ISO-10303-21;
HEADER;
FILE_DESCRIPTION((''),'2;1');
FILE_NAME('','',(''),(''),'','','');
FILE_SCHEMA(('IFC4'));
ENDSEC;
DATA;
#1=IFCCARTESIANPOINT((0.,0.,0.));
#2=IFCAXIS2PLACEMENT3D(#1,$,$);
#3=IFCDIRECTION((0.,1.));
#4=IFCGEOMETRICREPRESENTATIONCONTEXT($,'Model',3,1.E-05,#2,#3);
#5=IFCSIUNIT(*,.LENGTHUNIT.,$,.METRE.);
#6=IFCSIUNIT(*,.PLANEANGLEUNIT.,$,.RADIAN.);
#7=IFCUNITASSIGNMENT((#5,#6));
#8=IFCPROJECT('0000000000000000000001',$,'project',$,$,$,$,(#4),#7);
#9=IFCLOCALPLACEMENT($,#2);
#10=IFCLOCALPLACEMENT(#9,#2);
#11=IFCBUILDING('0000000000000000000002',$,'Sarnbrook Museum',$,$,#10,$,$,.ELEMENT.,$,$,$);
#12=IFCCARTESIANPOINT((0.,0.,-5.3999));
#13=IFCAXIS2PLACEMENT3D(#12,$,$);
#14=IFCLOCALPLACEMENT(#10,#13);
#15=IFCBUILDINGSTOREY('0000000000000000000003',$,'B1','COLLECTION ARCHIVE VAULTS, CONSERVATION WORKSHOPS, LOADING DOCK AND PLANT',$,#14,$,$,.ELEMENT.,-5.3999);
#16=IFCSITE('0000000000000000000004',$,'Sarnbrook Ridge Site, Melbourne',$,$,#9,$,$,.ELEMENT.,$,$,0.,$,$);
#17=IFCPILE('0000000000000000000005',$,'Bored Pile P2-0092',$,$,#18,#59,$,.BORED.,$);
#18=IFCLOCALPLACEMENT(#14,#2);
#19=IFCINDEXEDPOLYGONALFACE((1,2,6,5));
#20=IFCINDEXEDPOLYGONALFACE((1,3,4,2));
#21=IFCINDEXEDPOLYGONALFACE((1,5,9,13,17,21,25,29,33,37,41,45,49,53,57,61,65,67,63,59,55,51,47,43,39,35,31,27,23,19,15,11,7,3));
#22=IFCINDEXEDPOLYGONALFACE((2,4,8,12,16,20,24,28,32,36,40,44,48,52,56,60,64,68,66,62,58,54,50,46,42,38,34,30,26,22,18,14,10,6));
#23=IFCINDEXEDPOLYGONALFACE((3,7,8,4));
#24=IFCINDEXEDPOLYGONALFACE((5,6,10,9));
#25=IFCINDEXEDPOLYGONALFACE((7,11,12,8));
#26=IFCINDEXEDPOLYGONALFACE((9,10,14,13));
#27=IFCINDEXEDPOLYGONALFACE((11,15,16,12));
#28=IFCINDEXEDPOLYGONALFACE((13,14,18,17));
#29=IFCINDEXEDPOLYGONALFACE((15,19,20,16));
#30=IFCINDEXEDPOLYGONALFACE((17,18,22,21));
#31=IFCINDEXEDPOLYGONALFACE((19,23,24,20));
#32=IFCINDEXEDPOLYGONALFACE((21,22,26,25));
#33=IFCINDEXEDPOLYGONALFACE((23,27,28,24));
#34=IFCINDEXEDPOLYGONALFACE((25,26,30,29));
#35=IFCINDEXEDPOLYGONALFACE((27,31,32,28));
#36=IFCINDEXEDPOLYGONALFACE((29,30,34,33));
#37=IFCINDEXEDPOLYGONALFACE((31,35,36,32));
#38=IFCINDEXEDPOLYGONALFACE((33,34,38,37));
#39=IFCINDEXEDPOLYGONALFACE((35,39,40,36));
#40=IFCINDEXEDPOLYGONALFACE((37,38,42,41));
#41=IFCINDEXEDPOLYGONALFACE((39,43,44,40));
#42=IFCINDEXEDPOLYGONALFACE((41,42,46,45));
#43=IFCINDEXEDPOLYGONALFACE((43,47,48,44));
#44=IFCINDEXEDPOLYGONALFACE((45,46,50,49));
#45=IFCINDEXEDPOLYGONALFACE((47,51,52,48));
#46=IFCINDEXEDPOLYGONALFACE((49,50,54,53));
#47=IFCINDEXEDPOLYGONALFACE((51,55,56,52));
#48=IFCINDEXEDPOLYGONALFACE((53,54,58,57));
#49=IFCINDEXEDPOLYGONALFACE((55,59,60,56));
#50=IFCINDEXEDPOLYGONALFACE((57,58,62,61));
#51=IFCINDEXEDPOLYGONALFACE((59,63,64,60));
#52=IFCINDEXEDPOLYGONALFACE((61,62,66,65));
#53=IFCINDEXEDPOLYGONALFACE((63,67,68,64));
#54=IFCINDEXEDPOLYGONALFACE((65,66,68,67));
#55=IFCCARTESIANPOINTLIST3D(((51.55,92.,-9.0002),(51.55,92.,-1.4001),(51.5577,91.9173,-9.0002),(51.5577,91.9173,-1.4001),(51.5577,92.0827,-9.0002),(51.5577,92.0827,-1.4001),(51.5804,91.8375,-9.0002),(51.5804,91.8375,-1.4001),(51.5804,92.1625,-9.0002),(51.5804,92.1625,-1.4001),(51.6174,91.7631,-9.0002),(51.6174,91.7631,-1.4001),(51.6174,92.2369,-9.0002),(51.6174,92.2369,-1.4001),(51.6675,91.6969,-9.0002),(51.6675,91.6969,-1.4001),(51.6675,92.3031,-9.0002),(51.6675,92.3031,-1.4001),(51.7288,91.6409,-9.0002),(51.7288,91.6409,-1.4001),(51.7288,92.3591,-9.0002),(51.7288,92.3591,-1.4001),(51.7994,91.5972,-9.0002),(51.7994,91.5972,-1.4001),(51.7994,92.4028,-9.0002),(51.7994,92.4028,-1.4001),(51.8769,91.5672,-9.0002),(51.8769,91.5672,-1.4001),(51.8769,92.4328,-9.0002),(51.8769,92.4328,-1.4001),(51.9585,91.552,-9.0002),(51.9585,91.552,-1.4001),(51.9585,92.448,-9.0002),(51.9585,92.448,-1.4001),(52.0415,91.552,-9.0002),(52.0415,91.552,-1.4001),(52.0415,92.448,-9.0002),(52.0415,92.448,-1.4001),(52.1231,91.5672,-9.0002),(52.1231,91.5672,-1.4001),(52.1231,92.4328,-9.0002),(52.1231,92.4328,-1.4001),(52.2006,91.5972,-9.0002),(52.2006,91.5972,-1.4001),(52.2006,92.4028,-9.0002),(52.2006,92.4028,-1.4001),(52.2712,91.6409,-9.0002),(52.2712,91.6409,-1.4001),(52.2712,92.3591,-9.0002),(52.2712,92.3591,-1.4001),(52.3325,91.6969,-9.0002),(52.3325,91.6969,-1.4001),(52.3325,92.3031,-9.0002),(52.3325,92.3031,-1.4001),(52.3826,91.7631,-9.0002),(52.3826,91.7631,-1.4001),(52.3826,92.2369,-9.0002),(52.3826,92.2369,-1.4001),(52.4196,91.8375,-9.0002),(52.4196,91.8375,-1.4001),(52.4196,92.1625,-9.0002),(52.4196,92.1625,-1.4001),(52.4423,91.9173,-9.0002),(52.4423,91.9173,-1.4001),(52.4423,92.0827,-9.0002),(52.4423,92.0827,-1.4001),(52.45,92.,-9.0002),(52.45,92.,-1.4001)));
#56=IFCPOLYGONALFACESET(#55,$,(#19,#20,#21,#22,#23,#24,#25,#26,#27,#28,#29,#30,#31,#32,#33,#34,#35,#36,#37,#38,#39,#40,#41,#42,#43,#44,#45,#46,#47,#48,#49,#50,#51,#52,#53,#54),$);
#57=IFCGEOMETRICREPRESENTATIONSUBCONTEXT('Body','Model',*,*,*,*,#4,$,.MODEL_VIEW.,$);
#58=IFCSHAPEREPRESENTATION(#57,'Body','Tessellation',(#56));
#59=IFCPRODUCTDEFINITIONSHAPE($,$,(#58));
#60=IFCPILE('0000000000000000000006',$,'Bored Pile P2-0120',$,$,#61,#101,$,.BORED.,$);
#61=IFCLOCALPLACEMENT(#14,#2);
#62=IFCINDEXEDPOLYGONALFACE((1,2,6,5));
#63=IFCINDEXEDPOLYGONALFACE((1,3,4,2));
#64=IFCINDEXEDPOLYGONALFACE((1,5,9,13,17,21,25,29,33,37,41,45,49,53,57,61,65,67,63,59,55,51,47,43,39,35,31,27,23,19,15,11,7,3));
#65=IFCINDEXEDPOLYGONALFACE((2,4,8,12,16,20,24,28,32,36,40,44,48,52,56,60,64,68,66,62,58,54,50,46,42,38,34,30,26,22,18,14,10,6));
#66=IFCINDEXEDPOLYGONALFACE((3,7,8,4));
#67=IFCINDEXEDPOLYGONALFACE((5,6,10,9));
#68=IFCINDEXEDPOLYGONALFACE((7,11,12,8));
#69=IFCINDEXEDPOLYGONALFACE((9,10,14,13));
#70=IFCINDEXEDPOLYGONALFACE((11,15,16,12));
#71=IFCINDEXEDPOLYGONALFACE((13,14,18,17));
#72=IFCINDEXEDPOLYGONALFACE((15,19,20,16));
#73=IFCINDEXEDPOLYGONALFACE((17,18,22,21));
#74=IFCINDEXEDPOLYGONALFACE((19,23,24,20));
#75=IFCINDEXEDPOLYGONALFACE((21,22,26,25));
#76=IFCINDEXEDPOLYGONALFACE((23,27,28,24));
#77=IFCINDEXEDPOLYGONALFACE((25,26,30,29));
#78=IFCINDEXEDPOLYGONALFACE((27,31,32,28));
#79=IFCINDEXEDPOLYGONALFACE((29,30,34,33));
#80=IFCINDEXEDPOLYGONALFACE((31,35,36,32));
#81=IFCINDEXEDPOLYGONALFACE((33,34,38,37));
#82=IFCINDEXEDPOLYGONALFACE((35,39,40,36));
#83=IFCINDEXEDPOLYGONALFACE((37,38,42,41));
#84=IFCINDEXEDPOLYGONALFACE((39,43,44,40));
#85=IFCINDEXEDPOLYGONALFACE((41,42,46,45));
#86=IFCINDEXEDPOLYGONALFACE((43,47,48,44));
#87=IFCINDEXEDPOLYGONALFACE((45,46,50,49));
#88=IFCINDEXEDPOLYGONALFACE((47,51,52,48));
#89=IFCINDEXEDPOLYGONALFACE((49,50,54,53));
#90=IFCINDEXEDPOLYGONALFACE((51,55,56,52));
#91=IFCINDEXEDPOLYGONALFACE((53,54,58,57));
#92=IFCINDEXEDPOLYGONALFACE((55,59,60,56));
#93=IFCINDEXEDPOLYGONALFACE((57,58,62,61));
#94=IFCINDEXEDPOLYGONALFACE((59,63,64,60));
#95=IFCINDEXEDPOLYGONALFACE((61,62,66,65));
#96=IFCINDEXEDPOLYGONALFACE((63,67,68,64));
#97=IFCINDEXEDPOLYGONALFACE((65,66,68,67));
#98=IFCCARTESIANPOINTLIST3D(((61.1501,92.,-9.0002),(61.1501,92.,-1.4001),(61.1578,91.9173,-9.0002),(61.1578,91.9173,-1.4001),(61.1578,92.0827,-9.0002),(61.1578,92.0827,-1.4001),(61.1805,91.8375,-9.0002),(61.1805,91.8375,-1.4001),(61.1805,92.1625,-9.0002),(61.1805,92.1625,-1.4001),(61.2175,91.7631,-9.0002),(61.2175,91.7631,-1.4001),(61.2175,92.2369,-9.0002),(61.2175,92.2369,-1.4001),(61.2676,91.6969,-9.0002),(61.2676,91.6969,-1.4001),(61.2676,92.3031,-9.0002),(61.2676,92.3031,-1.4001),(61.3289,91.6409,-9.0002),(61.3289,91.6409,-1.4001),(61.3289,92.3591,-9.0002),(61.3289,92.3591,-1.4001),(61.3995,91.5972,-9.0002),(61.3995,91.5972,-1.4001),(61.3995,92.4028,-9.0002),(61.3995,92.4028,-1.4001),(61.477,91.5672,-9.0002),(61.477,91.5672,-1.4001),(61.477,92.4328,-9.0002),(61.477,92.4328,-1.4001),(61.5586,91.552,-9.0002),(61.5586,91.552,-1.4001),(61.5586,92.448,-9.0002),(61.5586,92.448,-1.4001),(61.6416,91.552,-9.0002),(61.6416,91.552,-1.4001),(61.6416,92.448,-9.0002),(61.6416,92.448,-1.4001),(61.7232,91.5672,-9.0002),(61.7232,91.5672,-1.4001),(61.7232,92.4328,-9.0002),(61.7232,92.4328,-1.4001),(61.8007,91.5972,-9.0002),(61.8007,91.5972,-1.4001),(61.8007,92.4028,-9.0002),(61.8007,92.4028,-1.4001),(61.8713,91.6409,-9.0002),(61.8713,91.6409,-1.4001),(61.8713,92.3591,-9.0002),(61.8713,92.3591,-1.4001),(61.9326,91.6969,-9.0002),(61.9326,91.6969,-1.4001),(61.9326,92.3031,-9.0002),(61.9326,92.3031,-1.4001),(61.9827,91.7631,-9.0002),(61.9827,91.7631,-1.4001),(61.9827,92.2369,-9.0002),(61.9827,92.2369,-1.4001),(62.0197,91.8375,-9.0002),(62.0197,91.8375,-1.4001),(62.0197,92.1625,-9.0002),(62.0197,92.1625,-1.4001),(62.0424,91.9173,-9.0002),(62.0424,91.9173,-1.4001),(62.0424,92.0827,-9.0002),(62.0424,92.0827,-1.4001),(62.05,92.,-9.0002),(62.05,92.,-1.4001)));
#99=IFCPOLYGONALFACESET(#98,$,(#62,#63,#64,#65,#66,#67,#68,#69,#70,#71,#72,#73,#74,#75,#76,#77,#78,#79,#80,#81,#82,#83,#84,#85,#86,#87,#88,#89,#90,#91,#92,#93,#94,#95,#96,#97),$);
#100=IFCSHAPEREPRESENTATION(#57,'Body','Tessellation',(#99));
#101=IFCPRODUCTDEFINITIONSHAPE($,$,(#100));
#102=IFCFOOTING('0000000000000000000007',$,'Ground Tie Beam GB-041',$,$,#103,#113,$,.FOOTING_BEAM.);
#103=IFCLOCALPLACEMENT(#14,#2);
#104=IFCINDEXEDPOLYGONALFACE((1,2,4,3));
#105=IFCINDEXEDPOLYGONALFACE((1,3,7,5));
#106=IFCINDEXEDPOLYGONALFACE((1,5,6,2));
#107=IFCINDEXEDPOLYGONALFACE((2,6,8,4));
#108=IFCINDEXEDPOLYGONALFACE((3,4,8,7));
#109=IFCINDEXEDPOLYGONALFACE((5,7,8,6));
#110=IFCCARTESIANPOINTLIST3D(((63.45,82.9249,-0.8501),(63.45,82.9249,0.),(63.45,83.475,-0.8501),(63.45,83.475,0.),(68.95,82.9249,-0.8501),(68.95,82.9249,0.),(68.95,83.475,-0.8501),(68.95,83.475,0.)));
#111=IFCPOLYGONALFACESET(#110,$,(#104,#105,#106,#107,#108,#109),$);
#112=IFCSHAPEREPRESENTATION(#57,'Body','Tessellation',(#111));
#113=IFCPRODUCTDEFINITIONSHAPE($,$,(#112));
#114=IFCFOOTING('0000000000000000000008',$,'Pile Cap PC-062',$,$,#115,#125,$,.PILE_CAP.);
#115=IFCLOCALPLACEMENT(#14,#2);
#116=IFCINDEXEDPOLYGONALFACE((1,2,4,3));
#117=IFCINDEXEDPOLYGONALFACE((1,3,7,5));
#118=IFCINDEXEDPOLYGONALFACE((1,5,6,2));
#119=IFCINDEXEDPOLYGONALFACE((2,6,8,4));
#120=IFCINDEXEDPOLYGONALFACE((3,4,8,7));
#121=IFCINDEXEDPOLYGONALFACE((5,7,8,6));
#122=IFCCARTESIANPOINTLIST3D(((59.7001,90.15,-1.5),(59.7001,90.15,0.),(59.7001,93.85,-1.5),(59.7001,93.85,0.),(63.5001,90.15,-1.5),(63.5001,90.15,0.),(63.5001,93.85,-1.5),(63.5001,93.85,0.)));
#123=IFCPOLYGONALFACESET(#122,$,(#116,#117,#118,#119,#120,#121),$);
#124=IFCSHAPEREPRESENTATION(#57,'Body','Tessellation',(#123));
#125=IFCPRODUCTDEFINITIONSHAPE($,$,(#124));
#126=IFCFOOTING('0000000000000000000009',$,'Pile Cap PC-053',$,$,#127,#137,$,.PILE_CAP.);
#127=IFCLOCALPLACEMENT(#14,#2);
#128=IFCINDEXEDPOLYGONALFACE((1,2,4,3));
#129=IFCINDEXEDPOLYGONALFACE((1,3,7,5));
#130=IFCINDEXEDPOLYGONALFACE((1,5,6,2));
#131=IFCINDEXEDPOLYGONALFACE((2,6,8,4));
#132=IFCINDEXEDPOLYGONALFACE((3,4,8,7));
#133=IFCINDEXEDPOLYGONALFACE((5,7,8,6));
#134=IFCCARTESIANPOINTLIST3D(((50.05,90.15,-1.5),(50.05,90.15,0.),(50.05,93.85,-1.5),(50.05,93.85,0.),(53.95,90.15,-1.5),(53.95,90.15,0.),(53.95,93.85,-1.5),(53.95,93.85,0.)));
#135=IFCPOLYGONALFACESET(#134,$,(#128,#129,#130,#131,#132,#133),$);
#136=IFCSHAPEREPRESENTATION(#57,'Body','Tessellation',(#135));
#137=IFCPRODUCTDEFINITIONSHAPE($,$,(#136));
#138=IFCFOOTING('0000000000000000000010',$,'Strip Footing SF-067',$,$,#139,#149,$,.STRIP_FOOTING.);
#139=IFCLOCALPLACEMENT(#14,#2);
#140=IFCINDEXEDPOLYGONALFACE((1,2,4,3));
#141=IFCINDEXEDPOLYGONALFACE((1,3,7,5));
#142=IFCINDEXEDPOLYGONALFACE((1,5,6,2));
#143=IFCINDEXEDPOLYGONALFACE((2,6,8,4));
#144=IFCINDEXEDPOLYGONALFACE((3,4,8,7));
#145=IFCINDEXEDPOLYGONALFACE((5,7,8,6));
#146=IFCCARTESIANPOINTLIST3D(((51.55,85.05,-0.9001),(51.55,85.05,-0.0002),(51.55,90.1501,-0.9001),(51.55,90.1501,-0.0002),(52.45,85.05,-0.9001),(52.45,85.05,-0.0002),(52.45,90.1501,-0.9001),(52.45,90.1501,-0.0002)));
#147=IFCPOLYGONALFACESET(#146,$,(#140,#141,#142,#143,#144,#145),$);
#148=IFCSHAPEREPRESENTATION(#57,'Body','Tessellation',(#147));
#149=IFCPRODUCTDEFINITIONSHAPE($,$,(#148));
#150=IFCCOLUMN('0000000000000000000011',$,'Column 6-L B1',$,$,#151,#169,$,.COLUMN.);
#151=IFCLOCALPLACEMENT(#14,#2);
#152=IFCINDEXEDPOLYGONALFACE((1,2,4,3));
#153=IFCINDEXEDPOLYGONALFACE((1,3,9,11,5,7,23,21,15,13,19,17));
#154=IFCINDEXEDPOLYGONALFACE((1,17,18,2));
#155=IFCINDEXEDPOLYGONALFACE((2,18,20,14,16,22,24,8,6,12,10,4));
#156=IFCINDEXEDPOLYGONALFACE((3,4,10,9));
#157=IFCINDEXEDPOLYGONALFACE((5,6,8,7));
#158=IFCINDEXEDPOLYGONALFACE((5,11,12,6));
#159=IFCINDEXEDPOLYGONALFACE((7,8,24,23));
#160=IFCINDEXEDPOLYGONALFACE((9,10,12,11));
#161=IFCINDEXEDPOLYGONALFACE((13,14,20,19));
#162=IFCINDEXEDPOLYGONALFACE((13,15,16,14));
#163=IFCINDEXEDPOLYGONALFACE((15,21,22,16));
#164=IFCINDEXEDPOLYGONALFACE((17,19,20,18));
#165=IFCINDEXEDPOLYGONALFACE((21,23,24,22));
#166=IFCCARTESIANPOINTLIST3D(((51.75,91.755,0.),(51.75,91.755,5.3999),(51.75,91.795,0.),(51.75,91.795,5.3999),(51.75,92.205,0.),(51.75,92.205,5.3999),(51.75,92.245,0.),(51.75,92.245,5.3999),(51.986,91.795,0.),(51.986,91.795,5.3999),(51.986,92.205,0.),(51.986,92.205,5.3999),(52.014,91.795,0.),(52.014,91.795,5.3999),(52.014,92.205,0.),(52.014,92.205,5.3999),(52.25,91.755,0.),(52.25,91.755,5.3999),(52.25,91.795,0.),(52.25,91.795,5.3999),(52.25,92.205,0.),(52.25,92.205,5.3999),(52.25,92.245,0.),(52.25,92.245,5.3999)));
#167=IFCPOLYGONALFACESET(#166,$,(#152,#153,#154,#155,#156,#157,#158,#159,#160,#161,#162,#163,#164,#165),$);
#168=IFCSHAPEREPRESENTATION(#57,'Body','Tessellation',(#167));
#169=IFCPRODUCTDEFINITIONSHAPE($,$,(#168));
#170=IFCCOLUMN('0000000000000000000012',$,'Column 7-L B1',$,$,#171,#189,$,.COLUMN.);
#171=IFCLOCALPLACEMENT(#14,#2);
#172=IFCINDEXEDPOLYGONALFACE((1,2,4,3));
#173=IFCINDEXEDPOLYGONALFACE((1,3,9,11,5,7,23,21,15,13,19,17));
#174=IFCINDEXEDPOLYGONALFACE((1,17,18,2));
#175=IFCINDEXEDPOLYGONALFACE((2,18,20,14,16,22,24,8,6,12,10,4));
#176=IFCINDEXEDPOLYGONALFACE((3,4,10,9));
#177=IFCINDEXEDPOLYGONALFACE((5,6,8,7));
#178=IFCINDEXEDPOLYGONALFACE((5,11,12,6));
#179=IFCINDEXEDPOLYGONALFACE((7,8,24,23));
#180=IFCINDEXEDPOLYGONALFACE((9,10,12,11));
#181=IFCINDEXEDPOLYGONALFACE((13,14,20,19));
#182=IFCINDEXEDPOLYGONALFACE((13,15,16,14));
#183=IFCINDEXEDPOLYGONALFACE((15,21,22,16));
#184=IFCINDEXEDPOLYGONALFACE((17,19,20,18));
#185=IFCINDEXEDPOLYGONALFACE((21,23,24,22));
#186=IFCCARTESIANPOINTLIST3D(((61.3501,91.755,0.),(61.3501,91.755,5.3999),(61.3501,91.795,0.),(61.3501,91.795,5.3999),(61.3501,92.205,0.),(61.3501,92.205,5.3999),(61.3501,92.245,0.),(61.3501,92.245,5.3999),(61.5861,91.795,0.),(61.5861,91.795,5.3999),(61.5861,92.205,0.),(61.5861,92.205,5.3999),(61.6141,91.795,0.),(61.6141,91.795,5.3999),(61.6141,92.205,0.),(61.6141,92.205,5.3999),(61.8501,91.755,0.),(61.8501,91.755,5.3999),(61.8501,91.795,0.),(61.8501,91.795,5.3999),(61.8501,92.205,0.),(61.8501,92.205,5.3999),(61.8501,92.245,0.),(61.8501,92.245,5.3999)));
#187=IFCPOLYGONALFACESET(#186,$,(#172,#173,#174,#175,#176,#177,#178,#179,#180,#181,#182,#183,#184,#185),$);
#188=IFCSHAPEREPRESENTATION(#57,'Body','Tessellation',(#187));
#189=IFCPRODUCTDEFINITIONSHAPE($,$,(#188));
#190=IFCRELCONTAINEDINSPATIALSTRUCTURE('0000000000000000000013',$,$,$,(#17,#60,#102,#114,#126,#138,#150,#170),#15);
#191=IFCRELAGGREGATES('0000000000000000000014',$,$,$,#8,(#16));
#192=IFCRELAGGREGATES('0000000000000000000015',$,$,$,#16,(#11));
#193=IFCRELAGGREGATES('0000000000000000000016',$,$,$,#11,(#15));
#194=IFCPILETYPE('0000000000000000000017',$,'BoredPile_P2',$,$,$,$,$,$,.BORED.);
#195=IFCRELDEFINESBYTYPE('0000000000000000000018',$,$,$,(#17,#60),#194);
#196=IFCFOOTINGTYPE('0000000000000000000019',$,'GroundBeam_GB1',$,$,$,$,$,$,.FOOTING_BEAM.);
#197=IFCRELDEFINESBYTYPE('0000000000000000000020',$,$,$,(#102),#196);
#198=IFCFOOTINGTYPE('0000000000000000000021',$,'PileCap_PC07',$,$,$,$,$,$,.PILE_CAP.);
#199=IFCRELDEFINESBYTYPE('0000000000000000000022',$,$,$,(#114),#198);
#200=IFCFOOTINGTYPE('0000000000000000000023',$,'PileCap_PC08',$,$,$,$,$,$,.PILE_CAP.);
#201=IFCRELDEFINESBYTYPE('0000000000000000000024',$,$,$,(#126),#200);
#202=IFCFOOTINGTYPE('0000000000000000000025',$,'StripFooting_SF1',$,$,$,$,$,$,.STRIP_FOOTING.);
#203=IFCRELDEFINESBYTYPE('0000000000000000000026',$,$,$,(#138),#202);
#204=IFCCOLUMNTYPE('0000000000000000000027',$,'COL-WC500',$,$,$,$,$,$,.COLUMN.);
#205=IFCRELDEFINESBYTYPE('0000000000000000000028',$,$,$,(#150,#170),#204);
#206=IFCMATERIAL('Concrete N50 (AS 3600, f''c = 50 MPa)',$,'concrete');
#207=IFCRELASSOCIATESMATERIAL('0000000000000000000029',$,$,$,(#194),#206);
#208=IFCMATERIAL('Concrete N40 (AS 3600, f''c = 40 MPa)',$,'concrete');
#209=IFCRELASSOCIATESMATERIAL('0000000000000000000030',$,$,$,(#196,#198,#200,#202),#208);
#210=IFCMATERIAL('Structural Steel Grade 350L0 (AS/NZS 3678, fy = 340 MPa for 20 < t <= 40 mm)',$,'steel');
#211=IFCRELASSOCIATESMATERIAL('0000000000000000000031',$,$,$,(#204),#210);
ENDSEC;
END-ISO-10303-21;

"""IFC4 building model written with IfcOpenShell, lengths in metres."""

from ifc_helpers import new_model, si_unit, direction, frame, origin, origin_2d, place, context, subcontext, project, spatial, rectangle, circle, i_section, extrude, material, material_profile, profile_set, type_object, element, save


model = new_model("IFC4")

# Units and contexts
model_context = context("Model", 3, precision=1e-05, world=origin(), true_north=direction((0.0, 1.0)))
body_context = subcontext(model_context, "Body", "Model", "MODEL_VIEW")
ifc_project = project(units=[si_unit("LENGTHUNIT", "METRE"), si_unit("PLANEANGLEUNIT", "RADIAN")], contexts=[model_context])

# Site, building, storey
site_placement = place(None, origin())
site = spatial("IfcSite", under=ifc_project, at=site_placement, Name="Sarnbrook Ridge Site, Melbourne", CompositionType="ELEMENT", RefElevation=0.0)
building_placement = place(site_placement, origin())
building = spatial("IfcBuilding", under=site, at=building_placement, Name="Sarnbrook Museum", CompositionType="ELEMENT")
storey_placement = place(building_placement, frame((0.0, 0.0, -5.3999)))
storey = spatial("IfcBuildingStorey", under=building, at=storey_placement, Name="B1", Description="COLLECTION ARCHIVE VAULTS, CONSERVATION WORKSHOPS, LOADING DOCK AND PLANT", CompositionType="ELEMENT", Elevation=-5.3999)

# Piles
ifc_material_1 = material(Name="Concrete N50 (AS 3600, f'c = 50 MPa)", Category="concrete")
ifc_material_profile_1 = material_profile(ifc_material_1, circle(Radius=0.45, at=origin_2d()), Name="BORED PILE D900")
ifc_profile_set_1 = profile_set([ifc_material_profile_1], Name="Concrete N50 (AS 3600, f'c = 50 MPa)")
pile_type = type_object("IfcPileType", Name="BoredPile_P2", PredefinedType="BORED", material=ifc_profile_set_1)
for number, where, z_axis, x_axis, name in (
    (1, (52.0, 92.0, -1.4001), (0.0, 0.0, -1.0), (1.0, 0.0, 0.0), "Bored Pile P2-0092"),
    (2, (61.6001, 92.0, -1.4001), (0.0, 0.0, -1.0), (1.0, 0.0, 0.0), "Bored Pile P2-0120"),
):
    element("IfcPile", number, at=place(storey_placement, frame(where, z_axis=z_axis, x_axis=x_axis)), inside=storey, type_object=pile_type, Name=name, PredefinedType="BORED", context=body_context, shape_type="SweptSolid", body=[
        extrude(circle(Radius=0.45, at=origin_2d()), origin(), (0.0, 0.0, 1.0), 7.6001),
    ])

# Footings
ifc_material_2 = material(Name="Concrete N40 (AS 3600, f'c = 40 MPa)", Category="concrete")
footing_type_1 = type_object("IfcFootingType", Name="GroundBeam_GB1", PredefinedType="FOOTING_BEAM", material=ifc_material_2)
footing_1_placement = place(storey_placement, frame((66.2, 83.2, -0.8501), z_axis=(0.0, 0.0, 1.0), x_axis=(1.0, 0.0, 0.0)))
element("IfcFooting", 3, at=footing_1_placement, inside=storey, type_object=footing_type_1, Name="Ground Tie Beam GB-041", PredefinedType="FOOTING_BEAM", context=body_context, shape_type="SweptSolid", body=[
    extrude(rectangle(XDim=5.5, YDim=0.55, at=origin_2d()), origin(), (0.0, 0.0, 1.0), 0.8501),
])
footing_type_2 = type_object("IfcFootingType", Name="PileCap_PC07", PredefinedType="PILE_CAP", material=ifc_material_2)
footing_2_placement = place(storey_placement, frame((61.6001, 92.0, -1.5), z_axis=(0.0, 0.0, 1.0), x_axis=(1.0, 0.0, 0.0)))
element("IfcFooting", 4, at=footing_2_placement, inside=storey, type_object=footing_type_2, Name="Pile Cap PC-062", PredefinedType="PILE_CAP", context=body_context, shape_type="SweptSolid", body=[
    extrude(rectangle(XDim=3.8, YDim=3.7, at=origin_2d()), origin(), (0.0, 0.0, 1.0), 1.5),
])
footing_type_3 = type_object("IfcFootingType", Name="PileCap_PC08", PredefinedType="PILE_CAP", material=ifc_material_2)
footing_3_placement = place(storey_placement, frame((52.0, 92.0, -1.5), z_axis=(0.0, 0.0, 1.0), x_axis=(1.0, 0.0, 0.0)))
element("IfcFooting", 5, at=footing_3_placement, inside=storey, type_object=footing_type_3, Name="Pile Cap PC-053", PredefinedType="PILE_CAP", context=body_context, shape_type="SweptSolid", body=[
    extrude(rectangle(XDim=3.8999, YDim=3.7, at=origin_2d()), origin(), (0.0, 0.0, 1.0), 1.5),
])
footing_type_4 = type_object("IfcFootingType", Name="StripFooting_SF1", PredefinedType="STRIP_FOOTING", material=ifc_material_2)
footing_4_placement = place(storey_placement, frame((52.0, 87.6001, -0.9001), z_axis=(0.0, 0.0, 1.0), x_axis=(1.0, 0.0, 0.0)))
element("IfcFooting", 6, at=footing_4_placement, inside=storey, type_object=footing_type_4, Name="Strip Footing SF-067", PredefinedType="STRIP_FOOTING", context=body_context, shape_type="SweptSolid", body=[
    extrude(rectangle(XDim=0.8999, YDim=5.1001, at=origin_2d()), origin(), (0.0, 0.0, 1.0), 0.8999),
])

# Columns
ifc_material_3 = material(Name="Structural Steel Grade 350L0 (AS/NZS 3678, fy = 340 MPa for 20 < t <= 40 mm)", Category="steel")
ifc_material_profile_2 = material_profile(ifc_material_3, i_section(OverallWidth=0.5, OverallDepth=0.49, WebThickness=0.0281, FlangeThickness=0.04, at=origin_2d()), Name="500WC340")
ifc_profile_set_2 = profile_set([ifc_material_profile_2], Name="Structural Steel Grade 350L0 (AS/NZS 3678, fy = 340 MPa for 20 < t <= 40 mm)")
column_type = type_object("IfcColumnType", Name="COL-WC500", PredefinedType="COLUMN", material=ifc_profile_set_2)
for number, where, z_axis, x_axis, name in (
    (7, (52.0, 92.0, 0.0), (0.0, 0.0, 1.0), (1.0, 0.0, 0.0), "Column 6-L B1"),
    (8, (61.6001, 92.0, 0.0), (0.0, 0.0, 1.0), (1.0, 0.0, 0.0), "Column 7-L B1"),
):
    element("IfcColumn", number, at=place(storey_placement, frame(where, z_axis=z_axis, x_axis=x_axis)), inside=storey, type_object=column_type, Name=name, PredefinedType="COLUMN", context=body_context, shape_type="SweptSolid", body=[
        extrude(i_section(OverallWidth=0.5, OverallDepth=0.49, WebThickness=0.0281, FlangeThickness=0.04, at=origin_2d()), origin(), (0.0, 0.0, 1.0), 5.3999),
    ])

save(model, "model.ifc")
